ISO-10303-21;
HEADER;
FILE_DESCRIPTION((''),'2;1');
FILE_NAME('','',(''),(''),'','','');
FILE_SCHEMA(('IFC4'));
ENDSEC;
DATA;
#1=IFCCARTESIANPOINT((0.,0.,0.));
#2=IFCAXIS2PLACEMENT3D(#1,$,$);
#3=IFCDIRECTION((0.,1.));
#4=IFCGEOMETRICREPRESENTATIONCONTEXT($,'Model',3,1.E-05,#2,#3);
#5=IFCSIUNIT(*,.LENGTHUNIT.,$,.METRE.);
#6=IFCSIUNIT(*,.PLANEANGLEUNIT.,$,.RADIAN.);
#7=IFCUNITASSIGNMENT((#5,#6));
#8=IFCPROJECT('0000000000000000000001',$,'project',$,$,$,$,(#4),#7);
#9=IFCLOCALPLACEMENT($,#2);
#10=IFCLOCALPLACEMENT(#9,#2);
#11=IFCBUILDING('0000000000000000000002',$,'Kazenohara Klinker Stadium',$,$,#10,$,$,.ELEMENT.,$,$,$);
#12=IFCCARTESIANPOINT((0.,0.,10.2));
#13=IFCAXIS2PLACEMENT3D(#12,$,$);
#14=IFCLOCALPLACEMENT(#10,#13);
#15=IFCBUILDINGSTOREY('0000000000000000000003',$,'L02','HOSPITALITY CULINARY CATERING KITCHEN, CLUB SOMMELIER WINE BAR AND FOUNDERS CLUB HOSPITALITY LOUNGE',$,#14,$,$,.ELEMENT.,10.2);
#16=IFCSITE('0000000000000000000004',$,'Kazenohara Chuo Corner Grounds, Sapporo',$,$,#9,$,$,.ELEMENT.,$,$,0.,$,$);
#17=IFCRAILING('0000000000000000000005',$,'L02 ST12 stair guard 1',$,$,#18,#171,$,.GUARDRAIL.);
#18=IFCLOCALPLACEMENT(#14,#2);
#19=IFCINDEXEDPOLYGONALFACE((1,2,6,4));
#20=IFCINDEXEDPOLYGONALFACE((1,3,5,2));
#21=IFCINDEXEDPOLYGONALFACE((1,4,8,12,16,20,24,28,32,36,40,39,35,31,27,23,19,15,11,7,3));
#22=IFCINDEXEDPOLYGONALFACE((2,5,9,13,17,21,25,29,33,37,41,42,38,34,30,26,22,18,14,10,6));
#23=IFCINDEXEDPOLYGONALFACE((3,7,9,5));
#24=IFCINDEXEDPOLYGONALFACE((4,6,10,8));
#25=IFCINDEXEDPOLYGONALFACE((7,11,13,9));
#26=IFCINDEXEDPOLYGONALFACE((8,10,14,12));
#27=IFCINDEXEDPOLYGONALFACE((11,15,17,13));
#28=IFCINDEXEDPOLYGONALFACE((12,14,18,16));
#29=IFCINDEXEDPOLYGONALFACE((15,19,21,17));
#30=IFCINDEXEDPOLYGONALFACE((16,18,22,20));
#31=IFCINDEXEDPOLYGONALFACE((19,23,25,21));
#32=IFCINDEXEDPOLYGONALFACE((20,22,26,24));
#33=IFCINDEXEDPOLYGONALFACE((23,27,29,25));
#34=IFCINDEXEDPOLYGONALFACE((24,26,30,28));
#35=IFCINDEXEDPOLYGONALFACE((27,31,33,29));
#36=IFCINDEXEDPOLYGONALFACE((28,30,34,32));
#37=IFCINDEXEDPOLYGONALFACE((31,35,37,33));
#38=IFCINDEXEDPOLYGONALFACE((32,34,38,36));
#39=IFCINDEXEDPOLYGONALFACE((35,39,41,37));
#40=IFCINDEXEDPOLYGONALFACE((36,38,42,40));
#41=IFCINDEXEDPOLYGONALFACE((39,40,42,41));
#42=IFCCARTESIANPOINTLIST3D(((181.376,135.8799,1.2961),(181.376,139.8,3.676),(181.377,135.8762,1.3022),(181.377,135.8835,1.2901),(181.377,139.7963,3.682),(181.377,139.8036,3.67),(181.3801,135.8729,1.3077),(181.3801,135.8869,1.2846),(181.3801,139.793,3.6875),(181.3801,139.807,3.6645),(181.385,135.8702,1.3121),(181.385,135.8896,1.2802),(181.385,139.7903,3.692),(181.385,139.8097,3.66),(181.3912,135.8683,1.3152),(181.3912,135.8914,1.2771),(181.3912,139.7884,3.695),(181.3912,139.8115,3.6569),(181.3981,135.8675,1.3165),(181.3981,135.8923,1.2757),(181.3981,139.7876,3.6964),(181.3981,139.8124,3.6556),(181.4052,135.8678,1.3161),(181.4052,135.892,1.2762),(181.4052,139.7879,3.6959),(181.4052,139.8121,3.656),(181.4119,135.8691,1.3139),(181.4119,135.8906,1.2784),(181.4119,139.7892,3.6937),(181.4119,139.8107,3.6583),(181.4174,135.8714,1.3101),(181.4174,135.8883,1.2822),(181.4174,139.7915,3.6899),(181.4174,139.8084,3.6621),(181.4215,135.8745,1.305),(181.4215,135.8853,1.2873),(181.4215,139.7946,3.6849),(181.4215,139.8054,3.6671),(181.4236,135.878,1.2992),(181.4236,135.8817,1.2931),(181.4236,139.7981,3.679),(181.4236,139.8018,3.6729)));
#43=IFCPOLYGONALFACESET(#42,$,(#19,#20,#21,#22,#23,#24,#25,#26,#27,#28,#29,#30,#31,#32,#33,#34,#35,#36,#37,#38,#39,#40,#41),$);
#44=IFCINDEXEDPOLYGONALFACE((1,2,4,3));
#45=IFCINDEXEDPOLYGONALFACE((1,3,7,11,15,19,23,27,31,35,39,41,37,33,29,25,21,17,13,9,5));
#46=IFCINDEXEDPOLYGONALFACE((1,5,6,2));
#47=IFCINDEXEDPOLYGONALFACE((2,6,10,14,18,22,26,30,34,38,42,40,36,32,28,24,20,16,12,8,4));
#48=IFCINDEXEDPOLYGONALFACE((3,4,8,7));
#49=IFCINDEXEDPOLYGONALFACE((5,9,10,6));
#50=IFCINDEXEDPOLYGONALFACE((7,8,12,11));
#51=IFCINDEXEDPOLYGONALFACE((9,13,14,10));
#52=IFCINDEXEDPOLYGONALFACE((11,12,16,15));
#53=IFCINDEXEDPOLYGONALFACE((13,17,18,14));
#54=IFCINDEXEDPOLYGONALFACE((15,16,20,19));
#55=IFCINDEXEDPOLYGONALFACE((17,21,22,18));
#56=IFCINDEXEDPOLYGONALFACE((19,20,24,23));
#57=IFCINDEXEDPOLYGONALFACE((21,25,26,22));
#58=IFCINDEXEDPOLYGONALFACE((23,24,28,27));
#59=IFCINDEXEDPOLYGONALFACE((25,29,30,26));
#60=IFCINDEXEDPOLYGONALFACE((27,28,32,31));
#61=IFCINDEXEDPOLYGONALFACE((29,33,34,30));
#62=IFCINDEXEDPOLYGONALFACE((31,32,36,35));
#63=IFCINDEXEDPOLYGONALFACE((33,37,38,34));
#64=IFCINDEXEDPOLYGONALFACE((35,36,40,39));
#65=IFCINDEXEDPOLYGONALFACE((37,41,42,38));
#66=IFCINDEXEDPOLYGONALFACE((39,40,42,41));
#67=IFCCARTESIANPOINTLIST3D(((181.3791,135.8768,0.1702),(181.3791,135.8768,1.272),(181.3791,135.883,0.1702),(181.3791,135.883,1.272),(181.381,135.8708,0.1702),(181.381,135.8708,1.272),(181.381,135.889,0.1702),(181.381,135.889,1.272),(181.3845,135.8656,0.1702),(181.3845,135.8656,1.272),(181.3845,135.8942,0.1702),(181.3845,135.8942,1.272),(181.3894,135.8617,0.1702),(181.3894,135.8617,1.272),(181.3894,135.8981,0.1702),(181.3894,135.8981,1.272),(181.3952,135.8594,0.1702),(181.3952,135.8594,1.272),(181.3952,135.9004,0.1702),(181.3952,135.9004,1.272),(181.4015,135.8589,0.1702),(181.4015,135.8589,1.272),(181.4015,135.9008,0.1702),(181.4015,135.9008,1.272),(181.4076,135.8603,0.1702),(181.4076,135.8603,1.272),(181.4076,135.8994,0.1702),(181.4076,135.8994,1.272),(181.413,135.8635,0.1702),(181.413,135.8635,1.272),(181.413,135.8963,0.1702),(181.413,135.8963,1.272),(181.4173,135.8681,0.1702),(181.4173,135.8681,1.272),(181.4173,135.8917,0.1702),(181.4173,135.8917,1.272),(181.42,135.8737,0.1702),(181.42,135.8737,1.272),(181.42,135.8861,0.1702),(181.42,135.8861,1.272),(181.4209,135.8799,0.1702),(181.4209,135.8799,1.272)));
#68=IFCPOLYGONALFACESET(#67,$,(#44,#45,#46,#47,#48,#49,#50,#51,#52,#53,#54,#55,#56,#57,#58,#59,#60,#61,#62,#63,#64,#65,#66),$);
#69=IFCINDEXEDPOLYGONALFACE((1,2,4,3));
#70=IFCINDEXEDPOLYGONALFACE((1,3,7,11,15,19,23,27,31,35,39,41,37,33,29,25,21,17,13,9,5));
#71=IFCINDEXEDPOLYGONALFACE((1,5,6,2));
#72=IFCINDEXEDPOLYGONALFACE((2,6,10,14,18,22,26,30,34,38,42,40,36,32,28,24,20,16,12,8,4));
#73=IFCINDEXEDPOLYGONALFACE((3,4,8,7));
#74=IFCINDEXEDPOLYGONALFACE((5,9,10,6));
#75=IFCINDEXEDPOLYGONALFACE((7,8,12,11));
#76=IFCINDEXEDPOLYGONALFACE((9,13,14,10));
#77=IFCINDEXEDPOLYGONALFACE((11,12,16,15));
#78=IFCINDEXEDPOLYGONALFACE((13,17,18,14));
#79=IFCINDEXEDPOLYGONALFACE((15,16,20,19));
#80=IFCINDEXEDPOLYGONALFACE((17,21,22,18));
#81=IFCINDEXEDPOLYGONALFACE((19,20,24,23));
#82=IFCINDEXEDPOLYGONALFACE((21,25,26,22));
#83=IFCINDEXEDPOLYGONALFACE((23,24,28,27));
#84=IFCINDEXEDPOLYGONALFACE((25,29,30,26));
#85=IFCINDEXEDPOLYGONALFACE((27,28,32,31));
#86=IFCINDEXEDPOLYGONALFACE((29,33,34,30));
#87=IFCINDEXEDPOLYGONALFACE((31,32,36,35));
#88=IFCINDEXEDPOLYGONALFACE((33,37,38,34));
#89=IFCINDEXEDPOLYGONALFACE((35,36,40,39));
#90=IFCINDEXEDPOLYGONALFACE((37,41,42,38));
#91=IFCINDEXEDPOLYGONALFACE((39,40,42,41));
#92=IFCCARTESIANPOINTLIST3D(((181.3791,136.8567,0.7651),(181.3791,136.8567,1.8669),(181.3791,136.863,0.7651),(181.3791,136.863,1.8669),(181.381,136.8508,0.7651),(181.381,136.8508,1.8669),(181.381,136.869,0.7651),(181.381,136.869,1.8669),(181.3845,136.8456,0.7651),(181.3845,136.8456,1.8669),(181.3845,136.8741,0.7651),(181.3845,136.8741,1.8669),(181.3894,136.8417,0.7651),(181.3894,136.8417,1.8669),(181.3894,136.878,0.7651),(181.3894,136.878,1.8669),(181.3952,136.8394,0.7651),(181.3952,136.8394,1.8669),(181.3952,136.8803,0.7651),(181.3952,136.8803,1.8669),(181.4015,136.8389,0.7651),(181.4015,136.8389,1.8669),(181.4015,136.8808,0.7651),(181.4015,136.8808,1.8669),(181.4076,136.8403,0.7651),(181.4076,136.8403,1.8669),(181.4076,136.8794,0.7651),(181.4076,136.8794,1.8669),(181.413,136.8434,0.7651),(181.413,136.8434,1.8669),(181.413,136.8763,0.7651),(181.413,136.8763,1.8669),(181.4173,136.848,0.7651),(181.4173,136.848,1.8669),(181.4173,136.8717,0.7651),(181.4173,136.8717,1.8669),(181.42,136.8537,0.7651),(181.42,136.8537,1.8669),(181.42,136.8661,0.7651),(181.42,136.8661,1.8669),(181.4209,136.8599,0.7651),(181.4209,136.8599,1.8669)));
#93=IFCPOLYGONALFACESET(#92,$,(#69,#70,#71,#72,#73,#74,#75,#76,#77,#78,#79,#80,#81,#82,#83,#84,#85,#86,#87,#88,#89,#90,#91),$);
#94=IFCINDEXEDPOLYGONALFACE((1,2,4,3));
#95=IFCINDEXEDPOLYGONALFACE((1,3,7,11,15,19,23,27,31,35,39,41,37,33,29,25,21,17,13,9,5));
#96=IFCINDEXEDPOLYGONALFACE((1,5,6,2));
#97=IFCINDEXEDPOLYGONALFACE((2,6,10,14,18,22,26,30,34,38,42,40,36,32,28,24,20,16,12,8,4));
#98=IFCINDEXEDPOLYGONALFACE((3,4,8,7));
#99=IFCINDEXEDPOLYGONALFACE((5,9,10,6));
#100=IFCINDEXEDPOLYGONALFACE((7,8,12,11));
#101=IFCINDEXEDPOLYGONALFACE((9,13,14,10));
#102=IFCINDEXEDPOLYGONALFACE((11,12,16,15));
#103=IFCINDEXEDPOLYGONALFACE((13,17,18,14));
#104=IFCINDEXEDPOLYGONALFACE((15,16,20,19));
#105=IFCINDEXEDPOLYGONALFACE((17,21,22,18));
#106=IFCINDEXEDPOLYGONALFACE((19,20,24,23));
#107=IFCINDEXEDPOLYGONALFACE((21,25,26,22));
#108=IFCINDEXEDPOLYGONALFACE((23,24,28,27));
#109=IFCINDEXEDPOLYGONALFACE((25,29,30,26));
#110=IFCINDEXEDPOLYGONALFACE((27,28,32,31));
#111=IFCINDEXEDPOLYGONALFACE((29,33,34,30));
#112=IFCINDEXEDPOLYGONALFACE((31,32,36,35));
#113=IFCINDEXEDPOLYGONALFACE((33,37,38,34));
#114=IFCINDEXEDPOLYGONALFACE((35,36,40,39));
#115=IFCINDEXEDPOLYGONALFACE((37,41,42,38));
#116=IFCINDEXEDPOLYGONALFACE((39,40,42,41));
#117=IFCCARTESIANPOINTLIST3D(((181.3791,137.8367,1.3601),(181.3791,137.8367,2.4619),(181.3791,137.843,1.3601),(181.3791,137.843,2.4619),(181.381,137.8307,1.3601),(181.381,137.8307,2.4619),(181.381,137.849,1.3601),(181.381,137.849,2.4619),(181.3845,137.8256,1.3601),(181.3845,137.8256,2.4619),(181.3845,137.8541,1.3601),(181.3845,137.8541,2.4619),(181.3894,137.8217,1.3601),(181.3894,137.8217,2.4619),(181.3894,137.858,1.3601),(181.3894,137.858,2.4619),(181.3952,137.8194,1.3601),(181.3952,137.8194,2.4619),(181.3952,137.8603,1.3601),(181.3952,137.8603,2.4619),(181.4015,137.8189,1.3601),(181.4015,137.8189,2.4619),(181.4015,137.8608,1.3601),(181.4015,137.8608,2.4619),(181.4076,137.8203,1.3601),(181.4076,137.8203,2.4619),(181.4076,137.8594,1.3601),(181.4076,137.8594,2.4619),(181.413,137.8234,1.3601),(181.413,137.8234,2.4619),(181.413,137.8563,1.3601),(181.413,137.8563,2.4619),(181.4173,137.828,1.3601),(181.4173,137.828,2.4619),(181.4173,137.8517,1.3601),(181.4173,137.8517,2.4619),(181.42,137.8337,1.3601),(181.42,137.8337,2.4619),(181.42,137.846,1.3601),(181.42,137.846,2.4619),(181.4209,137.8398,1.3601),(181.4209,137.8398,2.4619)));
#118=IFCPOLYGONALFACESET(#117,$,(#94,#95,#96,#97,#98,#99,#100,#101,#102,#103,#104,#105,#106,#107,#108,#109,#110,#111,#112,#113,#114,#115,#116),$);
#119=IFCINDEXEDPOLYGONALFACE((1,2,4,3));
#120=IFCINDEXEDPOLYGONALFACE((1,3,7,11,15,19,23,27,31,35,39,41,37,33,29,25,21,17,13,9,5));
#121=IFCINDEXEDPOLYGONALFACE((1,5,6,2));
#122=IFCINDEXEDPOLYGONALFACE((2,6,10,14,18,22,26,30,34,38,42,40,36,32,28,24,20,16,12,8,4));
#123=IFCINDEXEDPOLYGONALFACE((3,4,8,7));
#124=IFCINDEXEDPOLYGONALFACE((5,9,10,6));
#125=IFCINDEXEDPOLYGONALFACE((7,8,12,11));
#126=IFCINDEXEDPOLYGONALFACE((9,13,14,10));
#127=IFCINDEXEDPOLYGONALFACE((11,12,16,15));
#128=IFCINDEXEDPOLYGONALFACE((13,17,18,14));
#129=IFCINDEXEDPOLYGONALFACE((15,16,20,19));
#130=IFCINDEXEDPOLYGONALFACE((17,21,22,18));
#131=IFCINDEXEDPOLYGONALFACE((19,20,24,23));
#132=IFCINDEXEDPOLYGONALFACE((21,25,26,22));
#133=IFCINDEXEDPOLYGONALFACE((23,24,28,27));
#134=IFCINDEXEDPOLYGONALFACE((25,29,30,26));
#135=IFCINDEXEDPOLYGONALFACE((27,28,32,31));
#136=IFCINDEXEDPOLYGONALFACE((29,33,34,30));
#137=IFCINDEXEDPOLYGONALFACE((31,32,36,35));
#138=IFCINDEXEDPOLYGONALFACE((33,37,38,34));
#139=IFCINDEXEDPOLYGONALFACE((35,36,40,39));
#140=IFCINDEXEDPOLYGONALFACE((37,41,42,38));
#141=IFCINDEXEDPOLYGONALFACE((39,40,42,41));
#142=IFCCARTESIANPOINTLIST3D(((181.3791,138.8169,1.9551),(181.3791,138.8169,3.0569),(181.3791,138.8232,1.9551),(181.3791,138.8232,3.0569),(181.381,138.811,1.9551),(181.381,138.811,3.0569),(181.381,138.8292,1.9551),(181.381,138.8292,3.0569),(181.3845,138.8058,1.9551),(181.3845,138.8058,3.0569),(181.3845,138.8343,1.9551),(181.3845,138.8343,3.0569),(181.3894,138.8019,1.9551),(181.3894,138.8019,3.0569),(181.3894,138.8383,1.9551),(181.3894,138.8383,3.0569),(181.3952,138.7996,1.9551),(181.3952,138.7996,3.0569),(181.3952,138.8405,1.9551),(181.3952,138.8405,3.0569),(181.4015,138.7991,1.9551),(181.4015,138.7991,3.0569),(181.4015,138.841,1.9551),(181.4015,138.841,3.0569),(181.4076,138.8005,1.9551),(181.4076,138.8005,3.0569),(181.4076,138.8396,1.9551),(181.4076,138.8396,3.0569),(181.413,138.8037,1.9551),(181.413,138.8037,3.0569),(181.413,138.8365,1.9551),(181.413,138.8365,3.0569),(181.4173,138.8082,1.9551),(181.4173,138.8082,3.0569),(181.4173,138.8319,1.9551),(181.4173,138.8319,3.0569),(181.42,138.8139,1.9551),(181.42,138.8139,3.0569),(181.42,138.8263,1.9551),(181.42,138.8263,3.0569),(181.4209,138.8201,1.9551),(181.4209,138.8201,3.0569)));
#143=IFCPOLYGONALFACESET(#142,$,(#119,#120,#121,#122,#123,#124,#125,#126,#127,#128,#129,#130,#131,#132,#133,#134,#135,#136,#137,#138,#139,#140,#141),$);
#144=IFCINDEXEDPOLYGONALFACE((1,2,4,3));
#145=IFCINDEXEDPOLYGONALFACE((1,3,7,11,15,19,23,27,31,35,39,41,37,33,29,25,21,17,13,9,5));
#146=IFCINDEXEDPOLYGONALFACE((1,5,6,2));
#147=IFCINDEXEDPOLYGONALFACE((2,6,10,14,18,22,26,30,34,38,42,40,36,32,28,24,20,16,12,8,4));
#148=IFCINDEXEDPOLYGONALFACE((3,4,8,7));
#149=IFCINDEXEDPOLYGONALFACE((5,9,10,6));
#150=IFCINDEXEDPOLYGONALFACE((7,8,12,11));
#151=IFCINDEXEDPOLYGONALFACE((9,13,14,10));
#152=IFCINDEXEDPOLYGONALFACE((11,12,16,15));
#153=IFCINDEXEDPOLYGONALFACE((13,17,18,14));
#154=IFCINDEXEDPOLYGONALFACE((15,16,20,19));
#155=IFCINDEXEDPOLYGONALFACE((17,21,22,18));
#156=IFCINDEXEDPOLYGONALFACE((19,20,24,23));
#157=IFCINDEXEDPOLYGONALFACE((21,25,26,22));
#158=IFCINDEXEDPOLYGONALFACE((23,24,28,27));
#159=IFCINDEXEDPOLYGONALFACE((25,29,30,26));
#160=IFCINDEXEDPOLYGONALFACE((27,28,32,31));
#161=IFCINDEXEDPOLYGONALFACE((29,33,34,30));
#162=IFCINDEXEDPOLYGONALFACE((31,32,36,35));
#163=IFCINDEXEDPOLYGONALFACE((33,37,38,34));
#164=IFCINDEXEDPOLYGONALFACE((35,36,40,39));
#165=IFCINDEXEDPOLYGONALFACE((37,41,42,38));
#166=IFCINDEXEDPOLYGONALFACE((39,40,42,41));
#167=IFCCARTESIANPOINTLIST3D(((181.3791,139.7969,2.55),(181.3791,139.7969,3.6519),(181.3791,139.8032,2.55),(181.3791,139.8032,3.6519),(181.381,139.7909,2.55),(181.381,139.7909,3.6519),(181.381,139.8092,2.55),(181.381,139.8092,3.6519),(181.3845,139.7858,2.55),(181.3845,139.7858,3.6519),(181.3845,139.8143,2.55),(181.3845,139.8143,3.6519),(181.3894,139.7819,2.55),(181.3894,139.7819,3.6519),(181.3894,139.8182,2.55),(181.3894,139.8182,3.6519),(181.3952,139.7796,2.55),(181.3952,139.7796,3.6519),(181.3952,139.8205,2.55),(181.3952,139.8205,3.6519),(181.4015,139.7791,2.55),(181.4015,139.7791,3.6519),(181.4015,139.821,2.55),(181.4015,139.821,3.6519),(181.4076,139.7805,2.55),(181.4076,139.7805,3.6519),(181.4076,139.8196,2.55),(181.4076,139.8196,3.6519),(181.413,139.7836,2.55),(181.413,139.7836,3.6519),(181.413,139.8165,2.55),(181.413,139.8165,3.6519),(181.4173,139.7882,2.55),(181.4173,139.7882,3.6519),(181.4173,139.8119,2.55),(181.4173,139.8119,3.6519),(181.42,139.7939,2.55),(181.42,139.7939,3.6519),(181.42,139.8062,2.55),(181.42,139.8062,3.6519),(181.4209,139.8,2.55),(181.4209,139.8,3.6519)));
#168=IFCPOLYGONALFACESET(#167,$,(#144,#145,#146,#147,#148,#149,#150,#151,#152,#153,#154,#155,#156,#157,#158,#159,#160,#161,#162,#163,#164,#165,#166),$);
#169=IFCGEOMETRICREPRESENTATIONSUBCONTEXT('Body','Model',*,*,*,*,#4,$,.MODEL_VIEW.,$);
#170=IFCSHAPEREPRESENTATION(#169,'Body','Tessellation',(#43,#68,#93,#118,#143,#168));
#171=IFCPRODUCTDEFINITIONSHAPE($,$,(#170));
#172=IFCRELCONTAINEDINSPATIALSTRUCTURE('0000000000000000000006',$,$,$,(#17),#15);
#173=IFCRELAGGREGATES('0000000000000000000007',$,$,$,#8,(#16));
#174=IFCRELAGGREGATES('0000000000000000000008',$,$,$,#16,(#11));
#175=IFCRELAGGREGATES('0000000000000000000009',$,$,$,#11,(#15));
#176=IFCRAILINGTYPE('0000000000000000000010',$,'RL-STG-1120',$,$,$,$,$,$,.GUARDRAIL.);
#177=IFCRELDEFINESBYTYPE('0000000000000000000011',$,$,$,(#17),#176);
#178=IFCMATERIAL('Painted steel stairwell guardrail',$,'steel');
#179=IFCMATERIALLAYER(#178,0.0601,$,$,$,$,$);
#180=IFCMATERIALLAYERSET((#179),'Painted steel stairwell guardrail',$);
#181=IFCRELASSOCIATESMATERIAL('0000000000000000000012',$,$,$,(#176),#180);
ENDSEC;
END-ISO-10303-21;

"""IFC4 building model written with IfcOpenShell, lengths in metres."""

from ifc_helpers import new_model, si_unit, direction, frame, origin, origin_2d, place, context, subcontext, project, spatial, circle, extrude, material, layer, layer_set, type_object, element, save


model = new_model("IFC4")

# Units and contexts
model_context = context("Model", 3, precision=1e-05, world=origin(), true_north=direction((0.0, 1.0)))
body_context = subcontext(model_context, "Body", "Model", "MODEL_VIEW")
ifc_project = project(units=[si_unit("LENGTHUNIT", "METRE"), si_unit("PLANEANGLEUNIT", "RADIAN")], contexts=[model_context])

# Site, building, storey
site_placement = place(None, origin())
site = spatial("IfcSite", under=ifc_project, at=site_placement, Name="Kazenohara Chuo Corner Grounds, Sapporo", CompositionType="ELEMENT", RefElevation=0.0)
building_placement = place(site_placement, origin())
building = spatial("IfcBuilding", under=site, at=building_placement, Name="Kazenohara Klinker Stadium", CompositionType="ELEMENT")
storey_placement = place(building_placement, frame((0.0, 0.0, 10.2)))
storey = spatial("IfcBuildingStorey", under=building, at=storey_placement, Name="L02", Description="HOSPITALITY CULINARY CATERING KITCHEN, CLUB SOMMELIER WINE BAR AND FOUNDERS CLUB HOSPITALITY LOUNGE", CompositionType="ELEMENT", Elevation=10.2)

# Railing
ifc_material_1 = material(Name="Painted steel stairwell guardrail", Category="steel")
ifc_layer_1 = layer(ifc_material_1, 0.0601)
ifc_layer_set_1 = layer_set([ifc_layer_1], Name="Painted steel stairwell guardrail")
railing_type_1 = type_object("IfcRailingType", Name="RL-STG-1120", PredefinedType="GUARDRAIL", material=ifc_layer_set_1)
railing_1_placement = place(storey_placement, frame((181.3999, 135.8799, 0.1702)))
element("IfcRailing", 1, at=railing_1_placement, inside=storey, type_object=railing_type_1, Name="L02 ST12 stair guard 1", PredefinedType="GUARDRAIL", context=body_context, shape_type="SweptSolid", body=[
    extrude(circle(Radius=0.0239, at=origin_2d()), frame((0.0, 0.0, 1.126), z_axis=(0.0, 0.854809, 0.518943), x_axis=(-1.0, 0.0, 0.0)), (0.0, 0.0, 1.0), 4.5859),
    extrude(circle(Radius=0.021, at=origin_2d()), origin(), (0.0, 0.0, 1.0), 1.1018),
    extrude(circle(Radius=0.021, at=origin_2d()), frame((0.0, 0.98, 0.595)), (0.0, 0.0, 1.0), 1.1018),
    extrude(circle(Radius=0.021, at=origin_2d()), frame((0.0, 1.96, 1.1899)), (0.0, 0.0, 1.0), 1.1018),
    extrude(circle(Radius=0.021, at=origin_2d()), frame((0.0, 2.9402, 1.7849)), (0.0, 0.0, 1.0), 1.1018),
    extrude(circle(Radius=0.021, at=origin_2d()), frame((0.0, 3.9202, 2.3799)), (0.0, 0.0, 1.0), 1.1018),
])

save(model, "model.ifc")
